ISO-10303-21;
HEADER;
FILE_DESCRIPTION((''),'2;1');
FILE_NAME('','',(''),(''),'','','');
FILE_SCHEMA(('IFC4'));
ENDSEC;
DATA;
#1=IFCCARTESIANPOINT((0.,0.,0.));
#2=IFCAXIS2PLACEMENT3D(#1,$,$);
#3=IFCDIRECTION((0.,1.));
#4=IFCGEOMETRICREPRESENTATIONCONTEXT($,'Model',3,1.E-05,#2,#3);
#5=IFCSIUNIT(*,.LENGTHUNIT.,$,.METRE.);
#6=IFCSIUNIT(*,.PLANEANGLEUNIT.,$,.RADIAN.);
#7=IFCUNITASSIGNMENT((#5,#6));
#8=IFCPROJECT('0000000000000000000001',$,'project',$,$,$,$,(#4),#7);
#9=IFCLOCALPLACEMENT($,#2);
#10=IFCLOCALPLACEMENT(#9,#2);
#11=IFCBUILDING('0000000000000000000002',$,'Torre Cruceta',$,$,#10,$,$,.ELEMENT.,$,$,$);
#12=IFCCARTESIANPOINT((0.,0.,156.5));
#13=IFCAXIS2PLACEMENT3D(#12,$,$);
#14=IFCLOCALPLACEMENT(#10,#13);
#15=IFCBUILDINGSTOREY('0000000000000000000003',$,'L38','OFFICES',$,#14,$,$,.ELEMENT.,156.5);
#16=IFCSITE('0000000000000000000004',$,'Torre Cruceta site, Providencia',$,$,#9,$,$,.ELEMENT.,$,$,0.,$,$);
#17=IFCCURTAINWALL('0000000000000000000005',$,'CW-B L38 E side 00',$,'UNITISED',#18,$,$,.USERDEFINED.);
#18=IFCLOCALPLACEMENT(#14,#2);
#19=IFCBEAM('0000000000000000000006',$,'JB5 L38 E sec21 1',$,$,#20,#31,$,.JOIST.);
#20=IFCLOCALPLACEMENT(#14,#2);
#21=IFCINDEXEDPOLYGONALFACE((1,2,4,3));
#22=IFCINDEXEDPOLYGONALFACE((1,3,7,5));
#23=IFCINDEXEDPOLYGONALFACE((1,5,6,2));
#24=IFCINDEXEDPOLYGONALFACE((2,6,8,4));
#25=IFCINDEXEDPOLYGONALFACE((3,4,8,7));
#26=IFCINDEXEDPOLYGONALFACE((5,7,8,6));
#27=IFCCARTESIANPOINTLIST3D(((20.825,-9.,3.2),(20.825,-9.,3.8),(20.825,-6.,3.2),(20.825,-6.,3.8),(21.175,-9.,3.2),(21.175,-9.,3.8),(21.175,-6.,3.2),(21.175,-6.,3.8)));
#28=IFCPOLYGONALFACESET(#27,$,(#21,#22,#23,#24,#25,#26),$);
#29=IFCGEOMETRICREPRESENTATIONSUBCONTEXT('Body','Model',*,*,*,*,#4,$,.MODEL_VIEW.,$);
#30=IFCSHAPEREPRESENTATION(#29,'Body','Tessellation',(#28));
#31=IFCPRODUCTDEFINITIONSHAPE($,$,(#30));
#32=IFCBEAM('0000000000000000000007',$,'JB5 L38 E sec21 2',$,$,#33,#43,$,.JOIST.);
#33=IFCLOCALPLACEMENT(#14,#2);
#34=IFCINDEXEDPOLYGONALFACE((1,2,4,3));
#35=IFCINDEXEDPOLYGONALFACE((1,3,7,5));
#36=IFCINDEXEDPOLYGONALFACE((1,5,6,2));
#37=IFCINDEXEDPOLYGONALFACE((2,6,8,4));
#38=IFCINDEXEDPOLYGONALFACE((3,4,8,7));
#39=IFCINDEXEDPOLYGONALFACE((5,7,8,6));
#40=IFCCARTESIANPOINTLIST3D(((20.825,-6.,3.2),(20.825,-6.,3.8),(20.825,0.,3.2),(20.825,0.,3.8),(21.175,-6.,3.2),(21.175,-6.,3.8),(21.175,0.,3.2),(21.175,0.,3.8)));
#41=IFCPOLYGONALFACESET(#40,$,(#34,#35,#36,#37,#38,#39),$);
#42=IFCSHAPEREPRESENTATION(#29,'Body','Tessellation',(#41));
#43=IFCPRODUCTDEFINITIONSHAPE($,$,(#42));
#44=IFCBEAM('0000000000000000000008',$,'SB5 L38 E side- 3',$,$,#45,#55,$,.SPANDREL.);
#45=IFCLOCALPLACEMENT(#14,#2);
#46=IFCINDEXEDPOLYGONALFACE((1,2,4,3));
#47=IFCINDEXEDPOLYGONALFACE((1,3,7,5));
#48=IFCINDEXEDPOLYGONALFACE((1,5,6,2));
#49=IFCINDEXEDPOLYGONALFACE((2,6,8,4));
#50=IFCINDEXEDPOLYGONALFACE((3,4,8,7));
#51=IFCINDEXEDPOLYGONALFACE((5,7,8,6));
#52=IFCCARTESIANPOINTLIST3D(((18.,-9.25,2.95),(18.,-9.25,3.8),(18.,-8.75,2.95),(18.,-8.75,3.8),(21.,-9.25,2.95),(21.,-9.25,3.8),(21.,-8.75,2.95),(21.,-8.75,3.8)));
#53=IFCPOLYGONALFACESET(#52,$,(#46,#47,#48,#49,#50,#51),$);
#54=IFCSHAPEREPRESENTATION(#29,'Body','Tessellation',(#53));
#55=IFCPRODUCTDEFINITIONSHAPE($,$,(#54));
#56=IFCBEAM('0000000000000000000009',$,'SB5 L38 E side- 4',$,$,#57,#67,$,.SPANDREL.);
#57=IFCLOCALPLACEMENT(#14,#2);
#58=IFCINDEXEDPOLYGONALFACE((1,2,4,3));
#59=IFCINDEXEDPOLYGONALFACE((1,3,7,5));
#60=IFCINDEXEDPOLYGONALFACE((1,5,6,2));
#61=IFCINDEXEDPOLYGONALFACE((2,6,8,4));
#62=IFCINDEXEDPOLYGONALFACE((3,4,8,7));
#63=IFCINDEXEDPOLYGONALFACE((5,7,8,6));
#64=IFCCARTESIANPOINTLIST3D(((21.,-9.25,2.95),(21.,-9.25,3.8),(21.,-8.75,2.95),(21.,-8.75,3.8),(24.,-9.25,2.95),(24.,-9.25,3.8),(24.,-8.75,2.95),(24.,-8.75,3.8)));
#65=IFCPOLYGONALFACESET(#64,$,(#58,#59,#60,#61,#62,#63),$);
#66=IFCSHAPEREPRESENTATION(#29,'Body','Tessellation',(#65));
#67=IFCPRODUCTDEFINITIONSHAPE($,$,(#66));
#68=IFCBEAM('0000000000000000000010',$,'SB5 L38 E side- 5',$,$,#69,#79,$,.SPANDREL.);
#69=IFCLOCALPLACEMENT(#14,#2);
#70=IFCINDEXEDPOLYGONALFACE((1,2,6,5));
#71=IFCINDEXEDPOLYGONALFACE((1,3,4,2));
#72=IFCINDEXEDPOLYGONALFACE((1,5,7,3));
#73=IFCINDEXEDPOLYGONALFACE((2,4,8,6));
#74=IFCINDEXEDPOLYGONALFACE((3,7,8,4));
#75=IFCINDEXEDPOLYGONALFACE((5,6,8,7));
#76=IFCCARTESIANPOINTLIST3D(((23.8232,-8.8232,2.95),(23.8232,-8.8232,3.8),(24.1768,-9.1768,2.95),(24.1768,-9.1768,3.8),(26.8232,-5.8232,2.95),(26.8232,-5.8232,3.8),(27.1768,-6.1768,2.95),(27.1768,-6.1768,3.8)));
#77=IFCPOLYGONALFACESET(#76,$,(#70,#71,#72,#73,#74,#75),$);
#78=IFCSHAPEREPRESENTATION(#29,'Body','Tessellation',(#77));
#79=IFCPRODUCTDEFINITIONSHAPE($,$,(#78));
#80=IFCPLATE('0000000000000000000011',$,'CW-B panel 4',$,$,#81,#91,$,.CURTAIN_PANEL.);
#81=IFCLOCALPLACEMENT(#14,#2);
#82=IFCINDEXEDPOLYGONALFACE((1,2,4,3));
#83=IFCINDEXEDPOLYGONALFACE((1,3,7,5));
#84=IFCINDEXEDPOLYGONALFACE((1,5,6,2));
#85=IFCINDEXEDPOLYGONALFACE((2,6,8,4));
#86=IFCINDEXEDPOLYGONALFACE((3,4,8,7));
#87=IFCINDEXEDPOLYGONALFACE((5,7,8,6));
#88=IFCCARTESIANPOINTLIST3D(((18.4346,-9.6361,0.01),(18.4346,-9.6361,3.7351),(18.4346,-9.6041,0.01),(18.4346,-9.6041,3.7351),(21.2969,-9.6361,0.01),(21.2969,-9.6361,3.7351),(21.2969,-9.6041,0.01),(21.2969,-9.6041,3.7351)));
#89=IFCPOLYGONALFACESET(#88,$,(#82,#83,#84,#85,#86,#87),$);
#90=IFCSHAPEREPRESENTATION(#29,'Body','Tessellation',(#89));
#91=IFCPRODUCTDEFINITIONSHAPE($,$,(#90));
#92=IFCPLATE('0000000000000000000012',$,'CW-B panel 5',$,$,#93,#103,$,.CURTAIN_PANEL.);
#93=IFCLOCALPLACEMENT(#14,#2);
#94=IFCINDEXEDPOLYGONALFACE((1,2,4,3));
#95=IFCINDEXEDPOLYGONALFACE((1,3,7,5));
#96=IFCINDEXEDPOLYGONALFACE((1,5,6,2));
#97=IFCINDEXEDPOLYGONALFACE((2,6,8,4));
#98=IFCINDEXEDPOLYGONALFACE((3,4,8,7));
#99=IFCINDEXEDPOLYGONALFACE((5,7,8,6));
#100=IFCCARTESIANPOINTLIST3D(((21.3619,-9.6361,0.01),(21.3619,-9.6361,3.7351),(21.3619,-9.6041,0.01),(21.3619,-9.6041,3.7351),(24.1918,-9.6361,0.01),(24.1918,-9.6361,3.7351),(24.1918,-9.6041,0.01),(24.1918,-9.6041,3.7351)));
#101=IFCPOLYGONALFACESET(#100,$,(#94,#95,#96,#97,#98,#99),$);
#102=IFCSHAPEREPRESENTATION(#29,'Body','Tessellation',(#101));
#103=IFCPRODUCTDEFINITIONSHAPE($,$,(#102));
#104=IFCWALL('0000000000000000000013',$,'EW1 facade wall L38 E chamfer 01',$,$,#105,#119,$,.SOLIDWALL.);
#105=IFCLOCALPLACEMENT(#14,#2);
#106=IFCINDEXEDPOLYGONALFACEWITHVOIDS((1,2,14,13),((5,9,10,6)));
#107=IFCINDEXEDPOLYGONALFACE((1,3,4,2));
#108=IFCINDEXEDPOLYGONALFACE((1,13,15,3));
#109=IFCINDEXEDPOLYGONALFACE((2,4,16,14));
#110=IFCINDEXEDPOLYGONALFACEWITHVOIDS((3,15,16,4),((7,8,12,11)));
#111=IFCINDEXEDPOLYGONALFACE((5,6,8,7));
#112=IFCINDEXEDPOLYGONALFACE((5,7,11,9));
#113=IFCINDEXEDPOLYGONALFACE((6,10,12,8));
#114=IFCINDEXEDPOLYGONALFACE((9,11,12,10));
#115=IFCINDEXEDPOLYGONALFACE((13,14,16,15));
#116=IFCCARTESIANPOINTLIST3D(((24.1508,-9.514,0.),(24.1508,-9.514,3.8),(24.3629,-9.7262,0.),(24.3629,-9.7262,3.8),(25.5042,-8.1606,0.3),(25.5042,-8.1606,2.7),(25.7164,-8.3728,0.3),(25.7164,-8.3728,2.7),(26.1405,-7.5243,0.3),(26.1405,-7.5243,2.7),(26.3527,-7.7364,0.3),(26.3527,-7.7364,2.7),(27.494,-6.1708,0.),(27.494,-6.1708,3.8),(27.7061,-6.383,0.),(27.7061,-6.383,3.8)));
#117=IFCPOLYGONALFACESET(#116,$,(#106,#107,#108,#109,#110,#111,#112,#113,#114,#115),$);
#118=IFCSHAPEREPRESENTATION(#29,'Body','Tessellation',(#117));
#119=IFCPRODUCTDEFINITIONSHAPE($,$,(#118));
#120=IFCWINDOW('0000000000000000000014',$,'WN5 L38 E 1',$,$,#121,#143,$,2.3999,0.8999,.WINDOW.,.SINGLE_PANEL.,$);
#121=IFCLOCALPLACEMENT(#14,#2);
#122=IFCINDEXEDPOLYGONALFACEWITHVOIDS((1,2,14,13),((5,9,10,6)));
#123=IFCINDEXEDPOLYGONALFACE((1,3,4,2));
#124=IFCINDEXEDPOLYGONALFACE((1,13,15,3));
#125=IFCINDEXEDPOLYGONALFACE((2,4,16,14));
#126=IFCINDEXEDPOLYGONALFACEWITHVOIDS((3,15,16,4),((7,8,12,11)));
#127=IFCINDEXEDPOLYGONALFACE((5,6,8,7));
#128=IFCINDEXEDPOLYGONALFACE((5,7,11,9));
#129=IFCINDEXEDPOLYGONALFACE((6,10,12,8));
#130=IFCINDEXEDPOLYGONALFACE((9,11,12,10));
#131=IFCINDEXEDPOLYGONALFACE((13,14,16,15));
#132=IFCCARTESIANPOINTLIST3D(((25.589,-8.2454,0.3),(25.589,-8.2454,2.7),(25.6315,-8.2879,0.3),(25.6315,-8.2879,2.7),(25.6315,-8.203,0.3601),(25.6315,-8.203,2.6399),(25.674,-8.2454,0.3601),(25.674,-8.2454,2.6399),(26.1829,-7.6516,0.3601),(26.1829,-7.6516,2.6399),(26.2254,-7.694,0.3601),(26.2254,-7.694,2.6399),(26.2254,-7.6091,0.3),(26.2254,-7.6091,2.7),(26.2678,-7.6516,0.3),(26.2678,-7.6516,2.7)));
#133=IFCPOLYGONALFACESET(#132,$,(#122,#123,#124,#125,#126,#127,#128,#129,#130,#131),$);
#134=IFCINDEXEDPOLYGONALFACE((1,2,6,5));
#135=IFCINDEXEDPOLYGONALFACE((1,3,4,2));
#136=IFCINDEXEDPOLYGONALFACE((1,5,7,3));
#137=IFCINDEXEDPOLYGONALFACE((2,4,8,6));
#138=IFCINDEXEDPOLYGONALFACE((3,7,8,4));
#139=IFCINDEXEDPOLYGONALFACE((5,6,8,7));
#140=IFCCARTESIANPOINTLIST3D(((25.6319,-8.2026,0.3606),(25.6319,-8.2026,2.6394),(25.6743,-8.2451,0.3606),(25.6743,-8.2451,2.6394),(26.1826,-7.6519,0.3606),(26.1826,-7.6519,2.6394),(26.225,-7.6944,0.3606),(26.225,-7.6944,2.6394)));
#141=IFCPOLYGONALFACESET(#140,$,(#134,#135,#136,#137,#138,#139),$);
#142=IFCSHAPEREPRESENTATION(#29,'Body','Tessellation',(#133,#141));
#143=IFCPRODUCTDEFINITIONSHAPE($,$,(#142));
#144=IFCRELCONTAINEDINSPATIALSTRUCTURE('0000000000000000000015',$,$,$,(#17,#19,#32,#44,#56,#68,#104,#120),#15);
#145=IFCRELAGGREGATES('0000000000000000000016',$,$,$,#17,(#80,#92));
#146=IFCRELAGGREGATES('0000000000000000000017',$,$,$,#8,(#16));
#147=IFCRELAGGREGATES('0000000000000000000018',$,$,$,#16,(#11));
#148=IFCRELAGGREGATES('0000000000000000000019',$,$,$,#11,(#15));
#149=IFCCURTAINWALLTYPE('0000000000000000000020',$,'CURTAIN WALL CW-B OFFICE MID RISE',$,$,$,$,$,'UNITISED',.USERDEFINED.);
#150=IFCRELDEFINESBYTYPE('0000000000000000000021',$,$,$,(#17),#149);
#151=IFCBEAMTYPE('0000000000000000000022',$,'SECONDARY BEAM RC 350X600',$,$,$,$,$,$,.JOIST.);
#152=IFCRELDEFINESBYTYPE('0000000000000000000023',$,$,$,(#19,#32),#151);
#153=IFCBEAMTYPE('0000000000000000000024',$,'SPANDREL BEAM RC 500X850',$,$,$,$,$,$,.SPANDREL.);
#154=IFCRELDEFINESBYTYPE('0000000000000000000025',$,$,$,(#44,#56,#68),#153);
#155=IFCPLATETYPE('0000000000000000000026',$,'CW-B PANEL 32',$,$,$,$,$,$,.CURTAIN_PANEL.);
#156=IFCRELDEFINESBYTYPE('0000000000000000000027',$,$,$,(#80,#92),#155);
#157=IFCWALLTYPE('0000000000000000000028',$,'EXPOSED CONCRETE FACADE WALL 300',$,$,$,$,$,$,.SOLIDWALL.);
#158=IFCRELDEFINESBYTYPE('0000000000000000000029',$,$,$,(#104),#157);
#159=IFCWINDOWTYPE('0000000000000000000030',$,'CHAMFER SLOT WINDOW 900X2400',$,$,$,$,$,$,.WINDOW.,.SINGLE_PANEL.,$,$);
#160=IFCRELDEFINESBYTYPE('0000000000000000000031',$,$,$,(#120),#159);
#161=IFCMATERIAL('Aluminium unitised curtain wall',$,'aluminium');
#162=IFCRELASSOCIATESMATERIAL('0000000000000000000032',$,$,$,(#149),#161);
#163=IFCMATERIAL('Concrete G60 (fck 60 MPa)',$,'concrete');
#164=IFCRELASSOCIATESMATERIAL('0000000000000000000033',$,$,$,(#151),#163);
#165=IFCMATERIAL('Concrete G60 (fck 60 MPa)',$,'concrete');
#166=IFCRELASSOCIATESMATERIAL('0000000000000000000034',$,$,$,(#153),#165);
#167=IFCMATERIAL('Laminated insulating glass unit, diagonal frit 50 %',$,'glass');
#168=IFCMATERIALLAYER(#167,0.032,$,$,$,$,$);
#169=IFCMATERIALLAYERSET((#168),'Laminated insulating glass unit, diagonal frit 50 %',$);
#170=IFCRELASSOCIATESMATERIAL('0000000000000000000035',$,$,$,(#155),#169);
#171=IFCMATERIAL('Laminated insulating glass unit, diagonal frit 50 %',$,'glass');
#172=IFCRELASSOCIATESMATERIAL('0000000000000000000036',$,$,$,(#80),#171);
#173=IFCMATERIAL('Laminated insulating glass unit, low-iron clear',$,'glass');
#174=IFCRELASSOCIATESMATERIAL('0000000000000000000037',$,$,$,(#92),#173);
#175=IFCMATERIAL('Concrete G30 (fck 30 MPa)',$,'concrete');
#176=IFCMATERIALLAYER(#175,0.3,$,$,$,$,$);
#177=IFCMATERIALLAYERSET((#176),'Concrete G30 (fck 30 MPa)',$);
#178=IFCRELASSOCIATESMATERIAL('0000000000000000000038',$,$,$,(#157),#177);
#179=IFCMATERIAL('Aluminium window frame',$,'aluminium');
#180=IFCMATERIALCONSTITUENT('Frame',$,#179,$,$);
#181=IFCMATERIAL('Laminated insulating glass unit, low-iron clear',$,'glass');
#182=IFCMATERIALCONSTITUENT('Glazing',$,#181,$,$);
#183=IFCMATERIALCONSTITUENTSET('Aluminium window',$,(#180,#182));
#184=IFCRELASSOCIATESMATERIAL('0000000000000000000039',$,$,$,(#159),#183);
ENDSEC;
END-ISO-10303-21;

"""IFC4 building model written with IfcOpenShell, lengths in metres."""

from ifc_helpers import new_model, si_unit, direction, frame, frame_2d, origin, origin_2d, place, context, subcontext, project, spatial, rectangle, hollow_rectangle, extrude, material, layer, layer_set, constituent, constituent_set, material_profile, profile_set, type_object, element, fill, aggregate, save


model = new_model("IFC4")

# Units and contexts
model_context = context("Model", 3, precision=1e-05, world=origin(), true_north=direction((0.0, 1.0)))
body_context = subcontext(model_context, "Body", "Model", "MODEL_VIEW")
ifc_project = project(units=[si_unit("LENGTHUNIT", "METRE"), si_unit("PLANEANGLEUNIT", "RADIAN")], contexts=[model_context])

# Site, building, storey
site_placement = place(None, origin())
site = spatial("IfcSite", under=ifc_project, at=site_placement, Name="Torre Cruceta site, Providencia", CompositionType="ELEMENT", RefElevation=0.0)
building_placement = place(site_placement, origin())
building = spatial("IfcBuilding", under=site, at=building_placement, Name="Torre Cruceta", CompositionType="ELEMENT")
storey_placement = place(building_placement, frame((0.0, 0.0, 156.5)))
storey = spatial("IfcBuildingStorey", under=building, at=storey_placement, Name="L38", Description="OFFICES", CompositionType="ELEMENT", Elevation=156.5)

# Curtain wall
ifc_material_1 = material(Name="Aluminium unitised curtain wall", Category="aluminium")
curtain_wall_type = type_object("IfcCurtainWallType", Name="CURTAIN WALL CW-B OFFICE MID RISE", ElementType="UNITISED", PredefinedType="USERDEFINED", material=ifc_material_1)
curtain_wall_placement = place(storey_placement, origin())
curtain_wall = element("IfcCurtainWall", 1, at=curtain_wall_placement, inside=storey, type_object=curtain_wall_type, Name="CW-B L38 E side 00", ObjectType="UNITISED", PredefinedType="USERDEFINED")

# Beams
ifc_material_2 = material(Name="Concrete G60 (fck 60 MPa)", Category="concrete")
ifc_material_profile_1 = material_profile(ifc_material_2, rectangle(XDim=0.3501, YDim=0.6001, at=origin_2d()), Name="RC 350X600")
ifc_profile_set_1 = profile_set([ifc_material_profile_1], Name="Concrete G60 (fck 60 MPa)")
beam_type_1 = type_object("IfcBeamType", Name="SECONDARY BEAM RC 350X600", PredefinedType="JOIST", material=ifc_profile_set_1)
beam_1_placement = place(storey_placement, frame((21.0, -9.0, 3.5), z_axis=(0.0, 1.0, 0.0), x_axis=(-1.0, 0.0, 0.0)))
element("IfcBeam", 2, at=beam_1_placement, inside=storey, type_object=beam_type_1, Name="JB5 L38 E sec21 1", PredefinedType="JOIST", context=body_context, shape_type="SweptSolid", body=[
    extrude(rectangle(XDim=0.3501, YDim=0.6001, at=origin_2d()), origin(), (0.0, 0.0, 1.0), 3.0),
])
beam_2_placement = place(storey_placement, frame((21.0, -6.0, 3.5), z_axis=(0.0, 1.0, 0.0), x_axis=(-1.0, 0.0, 0.0)))
element("IfcBeam", 3, at=beam_2_placement, inside=storey, type_object=beam_type_1, Name="JB5 L38 E sec21 2", PredefinedType="JOIST", context=body_context, shape_type="SweptSolid", body=[
    extrude(rectangle(XDim=0.3501, YDim=0.6001, at=origin_2d()), origin(), (0.0, 0.0, 1.0), 6.0),
])
ifc_material_3 = material(Name="Concrete G60 (fck 60 MPa)", Category="concrete")
ifc_material_profile_2 = material_profile(ifc_material_3, rectangle(XDim=0.5, YDim=0.8501, at=origin_2d()), Name="RC 500X850")
ifc_profile_set_2 = profile_set([ifc_material_profile_2], Name="Concrete G60 (fck 60 MPa)")
beam_type_2 = type_object("IfcBeamType", Name="SPANDREL BEAM RC 500X850", PredefinedType="SPANDREL", material=ifc_profile_set_2)
for number, where, z_axis, x_axis, name in (
    (4, (18.0, -9.0, 3.375), (1.0, 0.0, 0.0), (0.0, 1.0, 0.0), "SB5 L38 E side- 3"),
    (5, (21.0, -9.0, 3.375), (1.0, 0.0, 0.0), (0.0, 1.0, 0.0), "SB5 L38 E side- 4"),
):
    element("IfcBeam", number, at=place(storey_placement, frame(where, z_axis=z_axis, x_axis=x_axis)), inside=storey, type_object=beam_type_2, Name=name, PredefinedType="SPANDREL", context=body_context, shape_type="SweptSolid", body=[
        extrude(rectangle(XDim=0.5, YDim=0.8501, at=origin_2d()), origin(), (0.0, 0.0, 1.0), 3.0),
    ])
beam_3_placement = place(storey_placement, frame((24.0, -9.0, 3.375), z_axis=(0.707107, 0.707107, 0.0), x_axis=(-0.707107, 0.707107, 0.0)))
element("IfcBeam", 6, at=beam_3_placement, inside=storey, type_object=beam_type_2, Name="SB5 L38 E side- 5", PredefinedType="SPANDREL", context=body_context, shape_type="SweptSolid", body=[
    extrude(rectangle(XDim=0.5, YDim=0.8501, at=origin_2d()), origin(), (0.0, 0.0, 1.0), 4.2427),
])

# Plates
ifc_material_4 = material(Name="Laminated insulating glass unit, diagonal frit 50 %", Category="glass")
ifc_material_5 = material(Name="Laminated insulating glass unit, diagonal frit 50 %", Category="glass")
ifc_layer_1 = layer(ifc_material_5, 0.032)
ifc_layer_set_1 = layer_set([ifc_layer_1], Name="Laminated insulating glass unit, diagonal frit 50 %")
plate_type = type_object("IfcPlateType", Name="CW-B PANEL 32", PredefinedType="CURTAIN_PANEL", material=ifc_layer_set_1)
plate_1_placement = place(storey_placement, frame((19.8657, -9.6201, 0.01), z_axis=(0.0, 0.0, 1.0), x_axis=(1.0, 0.0, 0.0)))
plate_1 = element("IfcPlate", 7, at=plate_1_placement, type_object=plate_type, material=ifc_material_4, Name="CW-B panel 4", PredefinedType="CURTAIN_PANEL", context=body_context, shape_type="SweptSolid", body=[
    extrude(rectangle(XDim=2.8623, YDim=0.032, at=origin_2d()), origin(), (0.0, 0.0, 1.0), 3.7251),
])
ifc_material_6 = material(Name="Laminated insulating glass unit, low-iron clear", Category="glass")
plate_2_placement = place(storey_placement, frame((22.7769, -9.6201, 0.01), z_axis=(0.0, 0.0, 1.0), x_axis=(1.0, 0.0, 0.0)))
plate_2 = element("IfcPlate", 8, at=plate_2_placement, type_object=plate_type, material=ifc_material_6, Name="CW-B panel 5", PredefinedType="CURTAIN_PANEL", context=body_context, shape_type="SweptSolid", body=[
    extrude(rectangle(XDim=2.8298, YDim=0.032, at=origin_2d()), origin(), (0.0, 0.0, 1.0), 3.7251),
])
aggregate(curtain_wall, [plate_1, plate_2])

# Wall, opening, window
ifc_material_7 = material(Name="Concrete G30 (fck 30 MPa)", Category="concrete")
ifc_layer_2 = layer(ifc_material_7, 0.3)
ifc_layer_set_2 = layer_set([ifc_layer_2], Name="Concrete G30 (fck 30 MPa)")
wall_type_1 = type_object("IfcWallType", Name="EXPOSED CONCRETE FACADE WALL 300", PredefinedType="SOLIDWALL", material=ifc_layer_set_2)
wall_1_placement = place(storey_placement, frame((24.2568, -9.6201, 0.0), z_axis=(0.0, 0.0, 1.0), x_axis=(0.707107, 0.707107, 0.0)))
wall_1 = element("IfcWall", 9, at=wall_1_placement, inside=storey, type_object=wall_type_1, Name="EW1 facade wall L38 E chamfer 01", PredefinedType="SOLIDWALL", context=body_context, shape_type="SweptSolid", body=[
    extrude(rectangle(XDim=4.728, YDim=0.3, at=frame_2d((2.364, 0.0))), origin(), (0.0, 0.0, 1.0), 3.8),
])
opening_1_placement = place(wall_1_placement, frame((1.9141, 0.0, 0.3)))
opening_1 = element("IfcOpeningElement", 10, at=opening_1_placement, cuts=wall_1, PredefinedType="OPENING", context=body_context, shape_type="SweptSolid", body=[
    extrude(rectangle(XDim=0.8999, YDim=2.3999, at=frame_2d((0.45, 1.2))), frame((0.0, 0.1599, 0.0), z_axis=(0.0, -1.0, 0.0), x_axis=(1.0, 0.0, 0.0)), (0.0, 0.0, 1.0), 0.3201),
])
ifc_material_8 = material(Name="Aluminium window frame", Category="aluminium")
ifc_constituent_1 = constituent(ifc_material_8, Name="Frame")
ifc_material_9 = material(Name="Laminated insulating glass unit, low-iron clear", Category="glass")
ifc_constituent_2 = constituent(ifc_material_9, Name="Glazing")
ifc_constituent_set_1 = constituent_set(constituents=[ifc_constituent_1, ifc_constituent_2], Name="Aluminium window")
window_type_1 = type_object("IfcWindowType", Name="CHAMFER SLOT WINDOW 900X2400", PartitioningType="SINGLE_PANEL", PredefinedType="WINDOW", material=ifc_constituent_set_1)
window_1_placement = place(opening_1_placement, origin())
window_1 = element("IfcWindow", 11, at=window_1_placement, inside=storey, type_object=window_type_1, Name="WN5 L38 E 1", OverallHeight=2.3999, OverallWidth=0.8999, PartitioningType="SINGLE_PANEL", PredefinedType="WINDOW", context=body_context, shape_type="SweptSolid", body=[
    extrude(hollow_rectangle(XDim=0.8999, YDim=2.3999, WallThickness=0.0601, at=frame_2d((0.45, 1.2))), frame((0.0, 0.03, 0.0), z_axis=(0.0, -1.0, 0.0), x_axis=(1.0, 0.0, 0.0)), (0.0, 0.0, 1.0), 0.0601),
    extrude(rectangle(XDim=0.7788, YDim=2.2788, at=frame_2d((0.45, 1.2))), frame((0.0, 0.03, 0.0), z_axis=(0.0, -1.0, 0.0), x_axis=(1.0, 0.0, 0.0)), (0.0, 0.0, 1.0), 0.0601),
])
fill(opening_1, window_1)

save(model, "model.ifc")
